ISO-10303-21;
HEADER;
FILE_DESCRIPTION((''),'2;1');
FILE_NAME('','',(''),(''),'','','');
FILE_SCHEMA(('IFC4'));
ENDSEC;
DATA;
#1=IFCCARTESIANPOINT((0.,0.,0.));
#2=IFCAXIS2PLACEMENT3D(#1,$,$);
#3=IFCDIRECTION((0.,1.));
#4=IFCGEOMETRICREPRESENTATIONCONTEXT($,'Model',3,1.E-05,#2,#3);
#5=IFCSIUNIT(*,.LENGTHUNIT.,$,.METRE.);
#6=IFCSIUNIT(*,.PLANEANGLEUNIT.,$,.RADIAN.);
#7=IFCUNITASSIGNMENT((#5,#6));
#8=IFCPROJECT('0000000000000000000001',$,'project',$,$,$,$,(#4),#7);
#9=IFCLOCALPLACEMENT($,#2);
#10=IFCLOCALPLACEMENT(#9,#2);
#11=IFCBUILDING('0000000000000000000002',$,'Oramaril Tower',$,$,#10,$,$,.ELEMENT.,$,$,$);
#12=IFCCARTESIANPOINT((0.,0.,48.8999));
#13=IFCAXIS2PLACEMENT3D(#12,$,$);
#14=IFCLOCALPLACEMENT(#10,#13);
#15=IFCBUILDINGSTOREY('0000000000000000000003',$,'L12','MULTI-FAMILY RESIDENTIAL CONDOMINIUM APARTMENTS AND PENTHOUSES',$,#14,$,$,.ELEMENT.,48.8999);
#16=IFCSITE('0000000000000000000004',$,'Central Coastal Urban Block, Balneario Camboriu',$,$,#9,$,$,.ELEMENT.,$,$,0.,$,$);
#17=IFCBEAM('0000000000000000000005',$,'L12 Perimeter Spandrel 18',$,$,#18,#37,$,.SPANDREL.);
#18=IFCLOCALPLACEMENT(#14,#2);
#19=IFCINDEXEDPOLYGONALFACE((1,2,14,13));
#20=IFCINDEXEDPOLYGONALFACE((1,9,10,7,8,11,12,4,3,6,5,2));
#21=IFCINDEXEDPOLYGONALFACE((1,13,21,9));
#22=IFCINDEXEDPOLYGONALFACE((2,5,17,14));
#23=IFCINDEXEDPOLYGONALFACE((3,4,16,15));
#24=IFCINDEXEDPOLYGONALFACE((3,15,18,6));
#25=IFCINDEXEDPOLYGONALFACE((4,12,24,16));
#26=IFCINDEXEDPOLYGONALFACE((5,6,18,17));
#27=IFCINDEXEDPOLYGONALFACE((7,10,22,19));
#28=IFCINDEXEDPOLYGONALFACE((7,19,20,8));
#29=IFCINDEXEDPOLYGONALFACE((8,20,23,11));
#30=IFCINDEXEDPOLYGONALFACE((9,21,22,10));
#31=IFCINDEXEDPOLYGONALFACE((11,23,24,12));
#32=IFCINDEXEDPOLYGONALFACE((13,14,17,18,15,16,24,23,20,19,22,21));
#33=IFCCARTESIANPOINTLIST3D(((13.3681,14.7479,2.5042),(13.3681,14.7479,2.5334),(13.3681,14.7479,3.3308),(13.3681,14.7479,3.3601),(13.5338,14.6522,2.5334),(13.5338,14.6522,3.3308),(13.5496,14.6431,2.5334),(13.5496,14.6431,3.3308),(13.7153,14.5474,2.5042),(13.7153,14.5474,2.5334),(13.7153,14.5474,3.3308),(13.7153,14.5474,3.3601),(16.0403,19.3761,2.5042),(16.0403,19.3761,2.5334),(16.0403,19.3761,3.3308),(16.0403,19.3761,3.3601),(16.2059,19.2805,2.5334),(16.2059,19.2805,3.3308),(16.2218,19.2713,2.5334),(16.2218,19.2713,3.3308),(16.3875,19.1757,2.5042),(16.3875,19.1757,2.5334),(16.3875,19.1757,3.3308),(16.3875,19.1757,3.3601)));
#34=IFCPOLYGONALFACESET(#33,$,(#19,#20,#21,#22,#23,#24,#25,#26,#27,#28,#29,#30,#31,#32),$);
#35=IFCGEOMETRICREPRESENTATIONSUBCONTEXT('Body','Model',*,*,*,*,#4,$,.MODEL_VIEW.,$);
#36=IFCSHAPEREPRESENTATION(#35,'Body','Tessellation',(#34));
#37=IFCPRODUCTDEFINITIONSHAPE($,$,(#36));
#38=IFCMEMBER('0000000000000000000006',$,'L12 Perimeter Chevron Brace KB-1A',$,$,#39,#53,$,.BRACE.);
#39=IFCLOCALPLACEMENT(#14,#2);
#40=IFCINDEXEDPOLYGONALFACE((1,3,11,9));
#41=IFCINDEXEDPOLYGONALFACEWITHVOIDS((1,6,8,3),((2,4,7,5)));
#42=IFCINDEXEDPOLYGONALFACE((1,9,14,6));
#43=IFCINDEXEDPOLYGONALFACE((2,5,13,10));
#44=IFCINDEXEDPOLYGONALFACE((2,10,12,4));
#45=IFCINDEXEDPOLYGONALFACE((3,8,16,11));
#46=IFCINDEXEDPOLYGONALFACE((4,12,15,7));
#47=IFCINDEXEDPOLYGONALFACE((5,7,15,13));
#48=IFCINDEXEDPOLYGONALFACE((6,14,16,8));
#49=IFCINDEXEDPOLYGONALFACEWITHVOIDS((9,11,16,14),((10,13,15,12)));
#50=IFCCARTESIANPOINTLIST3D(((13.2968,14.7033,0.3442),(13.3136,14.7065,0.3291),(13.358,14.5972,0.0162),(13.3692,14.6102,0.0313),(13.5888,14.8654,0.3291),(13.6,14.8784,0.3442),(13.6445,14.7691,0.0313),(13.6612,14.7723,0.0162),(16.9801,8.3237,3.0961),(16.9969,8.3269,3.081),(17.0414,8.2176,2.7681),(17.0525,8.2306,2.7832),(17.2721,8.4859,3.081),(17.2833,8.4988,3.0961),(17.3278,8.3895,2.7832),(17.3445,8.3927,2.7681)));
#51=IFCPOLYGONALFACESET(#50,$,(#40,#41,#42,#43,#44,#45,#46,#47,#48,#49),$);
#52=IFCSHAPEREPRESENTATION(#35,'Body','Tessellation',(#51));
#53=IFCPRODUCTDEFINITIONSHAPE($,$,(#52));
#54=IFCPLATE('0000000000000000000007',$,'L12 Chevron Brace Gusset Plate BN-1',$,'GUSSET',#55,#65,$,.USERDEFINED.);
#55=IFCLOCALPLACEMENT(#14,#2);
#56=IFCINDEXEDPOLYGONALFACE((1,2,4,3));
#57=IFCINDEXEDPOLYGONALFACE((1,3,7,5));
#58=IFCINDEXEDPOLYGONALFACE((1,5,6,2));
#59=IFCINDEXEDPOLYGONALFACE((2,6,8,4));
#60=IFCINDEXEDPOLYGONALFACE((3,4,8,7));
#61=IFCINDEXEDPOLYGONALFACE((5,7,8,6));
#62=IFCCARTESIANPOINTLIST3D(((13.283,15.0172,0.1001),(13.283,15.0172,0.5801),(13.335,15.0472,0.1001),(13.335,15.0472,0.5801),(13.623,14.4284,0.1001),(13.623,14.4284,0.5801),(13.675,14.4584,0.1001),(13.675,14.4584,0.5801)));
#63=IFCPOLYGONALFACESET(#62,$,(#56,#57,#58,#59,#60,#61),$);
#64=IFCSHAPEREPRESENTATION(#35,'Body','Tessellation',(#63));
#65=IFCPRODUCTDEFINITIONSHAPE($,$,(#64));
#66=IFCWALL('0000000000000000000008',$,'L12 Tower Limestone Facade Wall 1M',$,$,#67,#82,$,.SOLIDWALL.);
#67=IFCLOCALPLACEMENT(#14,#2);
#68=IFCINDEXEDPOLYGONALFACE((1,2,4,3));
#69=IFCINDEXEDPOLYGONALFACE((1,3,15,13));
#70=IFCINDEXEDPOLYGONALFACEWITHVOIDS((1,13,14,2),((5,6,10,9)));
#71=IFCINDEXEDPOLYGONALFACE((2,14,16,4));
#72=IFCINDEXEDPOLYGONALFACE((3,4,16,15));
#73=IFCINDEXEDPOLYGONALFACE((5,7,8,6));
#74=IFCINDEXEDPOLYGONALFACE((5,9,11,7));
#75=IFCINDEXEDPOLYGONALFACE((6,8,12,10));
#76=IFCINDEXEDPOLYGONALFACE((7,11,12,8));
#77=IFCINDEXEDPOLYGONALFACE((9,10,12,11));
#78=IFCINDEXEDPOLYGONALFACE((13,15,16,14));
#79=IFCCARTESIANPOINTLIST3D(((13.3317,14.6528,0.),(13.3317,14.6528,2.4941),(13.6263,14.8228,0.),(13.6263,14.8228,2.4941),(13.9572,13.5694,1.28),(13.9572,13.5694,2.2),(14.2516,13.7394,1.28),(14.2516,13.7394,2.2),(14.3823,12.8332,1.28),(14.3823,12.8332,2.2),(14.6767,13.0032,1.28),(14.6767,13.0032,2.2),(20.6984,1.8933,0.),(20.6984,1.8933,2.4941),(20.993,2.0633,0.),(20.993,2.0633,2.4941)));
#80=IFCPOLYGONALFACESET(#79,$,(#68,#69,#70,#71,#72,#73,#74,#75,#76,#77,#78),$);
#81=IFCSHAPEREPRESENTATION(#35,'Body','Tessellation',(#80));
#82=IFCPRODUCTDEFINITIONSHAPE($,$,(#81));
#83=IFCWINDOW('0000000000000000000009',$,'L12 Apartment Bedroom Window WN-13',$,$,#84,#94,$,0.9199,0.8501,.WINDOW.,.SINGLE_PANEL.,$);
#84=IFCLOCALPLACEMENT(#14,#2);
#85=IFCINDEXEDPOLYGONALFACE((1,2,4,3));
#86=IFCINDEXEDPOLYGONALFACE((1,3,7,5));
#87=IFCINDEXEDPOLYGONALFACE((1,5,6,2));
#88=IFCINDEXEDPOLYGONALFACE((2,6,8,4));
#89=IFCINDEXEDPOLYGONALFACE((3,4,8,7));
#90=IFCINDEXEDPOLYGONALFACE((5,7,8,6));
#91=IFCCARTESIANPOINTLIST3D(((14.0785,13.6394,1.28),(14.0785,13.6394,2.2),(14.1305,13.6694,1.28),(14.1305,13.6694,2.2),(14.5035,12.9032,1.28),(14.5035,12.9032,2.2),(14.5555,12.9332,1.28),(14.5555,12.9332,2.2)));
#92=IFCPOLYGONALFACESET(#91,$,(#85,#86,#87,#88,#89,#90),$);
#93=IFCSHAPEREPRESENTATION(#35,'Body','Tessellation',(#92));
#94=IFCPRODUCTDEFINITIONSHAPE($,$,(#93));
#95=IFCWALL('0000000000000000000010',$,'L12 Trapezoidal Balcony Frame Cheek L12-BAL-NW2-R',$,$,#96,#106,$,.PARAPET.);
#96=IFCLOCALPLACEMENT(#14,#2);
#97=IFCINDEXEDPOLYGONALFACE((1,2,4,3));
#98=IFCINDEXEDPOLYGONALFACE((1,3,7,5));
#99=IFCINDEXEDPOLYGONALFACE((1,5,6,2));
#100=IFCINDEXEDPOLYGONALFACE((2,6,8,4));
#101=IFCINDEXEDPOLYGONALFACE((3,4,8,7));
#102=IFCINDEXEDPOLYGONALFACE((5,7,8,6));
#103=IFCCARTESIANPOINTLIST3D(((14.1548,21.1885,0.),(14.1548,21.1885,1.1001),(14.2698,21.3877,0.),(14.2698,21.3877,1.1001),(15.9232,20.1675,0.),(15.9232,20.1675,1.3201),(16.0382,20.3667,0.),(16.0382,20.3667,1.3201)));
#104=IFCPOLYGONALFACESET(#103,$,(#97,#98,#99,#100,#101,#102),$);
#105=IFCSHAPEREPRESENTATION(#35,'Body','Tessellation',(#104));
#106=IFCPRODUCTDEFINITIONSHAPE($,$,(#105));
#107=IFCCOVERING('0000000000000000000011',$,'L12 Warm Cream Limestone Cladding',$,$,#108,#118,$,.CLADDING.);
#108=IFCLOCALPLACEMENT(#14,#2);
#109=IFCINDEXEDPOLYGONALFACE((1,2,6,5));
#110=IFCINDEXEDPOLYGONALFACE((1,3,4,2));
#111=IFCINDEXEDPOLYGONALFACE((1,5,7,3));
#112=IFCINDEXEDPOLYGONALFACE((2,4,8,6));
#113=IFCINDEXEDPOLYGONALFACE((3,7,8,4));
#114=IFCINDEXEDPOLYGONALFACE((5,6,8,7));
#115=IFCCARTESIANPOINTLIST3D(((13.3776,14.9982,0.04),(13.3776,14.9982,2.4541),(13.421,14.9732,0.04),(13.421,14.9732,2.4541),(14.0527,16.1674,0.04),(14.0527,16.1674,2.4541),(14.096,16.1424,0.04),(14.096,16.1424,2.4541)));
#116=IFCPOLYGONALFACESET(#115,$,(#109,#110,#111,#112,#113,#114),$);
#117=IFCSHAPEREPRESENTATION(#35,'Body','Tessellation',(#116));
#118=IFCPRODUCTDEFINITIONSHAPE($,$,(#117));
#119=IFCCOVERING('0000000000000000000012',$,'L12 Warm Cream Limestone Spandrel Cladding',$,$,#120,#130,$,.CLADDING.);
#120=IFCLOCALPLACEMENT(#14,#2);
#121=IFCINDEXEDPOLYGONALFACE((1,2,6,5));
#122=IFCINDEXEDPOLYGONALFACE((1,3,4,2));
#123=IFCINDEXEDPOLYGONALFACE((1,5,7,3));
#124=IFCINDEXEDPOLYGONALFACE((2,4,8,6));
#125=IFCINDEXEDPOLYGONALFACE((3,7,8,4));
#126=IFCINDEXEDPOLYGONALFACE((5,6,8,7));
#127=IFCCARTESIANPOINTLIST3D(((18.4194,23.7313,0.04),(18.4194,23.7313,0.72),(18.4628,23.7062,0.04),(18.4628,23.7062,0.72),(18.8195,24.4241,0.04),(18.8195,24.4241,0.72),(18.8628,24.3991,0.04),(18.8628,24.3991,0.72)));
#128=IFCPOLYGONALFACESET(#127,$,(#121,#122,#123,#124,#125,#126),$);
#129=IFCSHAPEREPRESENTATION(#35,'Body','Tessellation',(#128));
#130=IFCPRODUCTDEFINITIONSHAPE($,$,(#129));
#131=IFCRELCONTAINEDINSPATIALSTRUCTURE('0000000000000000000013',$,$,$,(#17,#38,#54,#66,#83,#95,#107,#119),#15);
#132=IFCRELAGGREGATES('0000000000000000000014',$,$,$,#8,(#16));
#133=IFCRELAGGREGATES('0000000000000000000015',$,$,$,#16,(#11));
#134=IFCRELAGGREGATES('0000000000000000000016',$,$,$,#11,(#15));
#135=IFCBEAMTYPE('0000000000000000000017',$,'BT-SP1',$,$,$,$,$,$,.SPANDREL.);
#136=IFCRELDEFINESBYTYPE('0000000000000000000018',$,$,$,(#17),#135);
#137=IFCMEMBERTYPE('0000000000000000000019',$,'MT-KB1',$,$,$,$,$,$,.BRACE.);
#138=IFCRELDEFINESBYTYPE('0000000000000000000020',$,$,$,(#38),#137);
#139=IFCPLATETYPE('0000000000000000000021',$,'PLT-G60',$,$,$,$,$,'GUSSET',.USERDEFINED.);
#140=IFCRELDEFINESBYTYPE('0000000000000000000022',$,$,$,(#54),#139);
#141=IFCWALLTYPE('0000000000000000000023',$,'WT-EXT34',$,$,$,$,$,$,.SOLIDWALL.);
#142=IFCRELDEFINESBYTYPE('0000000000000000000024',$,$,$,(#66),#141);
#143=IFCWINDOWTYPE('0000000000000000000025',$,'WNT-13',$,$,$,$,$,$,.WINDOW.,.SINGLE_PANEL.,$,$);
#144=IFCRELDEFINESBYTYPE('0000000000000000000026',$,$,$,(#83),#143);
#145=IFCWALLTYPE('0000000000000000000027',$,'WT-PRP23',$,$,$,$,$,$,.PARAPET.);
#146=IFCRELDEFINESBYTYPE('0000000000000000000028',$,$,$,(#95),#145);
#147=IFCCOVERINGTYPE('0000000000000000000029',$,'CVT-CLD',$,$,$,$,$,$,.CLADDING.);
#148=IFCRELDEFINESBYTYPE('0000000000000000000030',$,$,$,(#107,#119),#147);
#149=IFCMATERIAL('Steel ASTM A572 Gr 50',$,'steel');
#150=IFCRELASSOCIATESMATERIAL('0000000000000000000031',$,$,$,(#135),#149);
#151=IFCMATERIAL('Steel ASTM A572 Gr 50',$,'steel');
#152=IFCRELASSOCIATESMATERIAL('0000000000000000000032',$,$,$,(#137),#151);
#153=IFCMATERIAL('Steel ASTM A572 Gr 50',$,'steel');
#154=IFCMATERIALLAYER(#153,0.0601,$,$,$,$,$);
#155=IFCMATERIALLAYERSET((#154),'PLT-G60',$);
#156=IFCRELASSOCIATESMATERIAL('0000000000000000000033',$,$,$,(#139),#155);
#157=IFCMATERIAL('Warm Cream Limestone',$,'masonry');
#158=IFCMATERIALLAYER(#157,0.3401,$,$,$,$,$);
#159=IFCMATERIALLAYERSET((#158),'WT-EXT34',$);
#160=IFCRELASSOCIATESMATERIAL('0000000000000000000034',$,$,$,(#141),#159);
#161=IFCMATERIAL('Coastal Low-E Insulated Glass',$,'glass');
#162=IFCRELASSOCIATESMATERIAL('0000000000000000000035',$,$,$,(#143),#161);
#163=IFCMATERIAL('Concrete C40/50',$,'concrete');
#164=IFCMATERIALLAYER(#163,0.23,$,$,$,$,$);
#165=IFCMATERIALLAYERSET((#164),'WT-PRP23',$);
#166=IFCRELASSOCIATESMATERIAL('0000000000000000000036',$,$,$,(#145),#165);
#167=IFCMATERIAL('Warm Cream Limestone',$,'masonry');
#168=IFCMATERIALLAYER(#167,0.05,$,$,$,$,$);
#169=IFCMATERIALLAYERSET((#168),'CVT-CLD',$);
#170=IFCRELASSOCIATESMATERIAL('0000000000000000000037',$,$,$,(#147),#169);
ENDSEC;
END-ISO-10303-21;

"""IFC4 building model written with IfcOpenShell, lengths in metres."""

from ifc_helpers import new_model, si_unit, direction, frame, frame_2d, origin, origin_2d, place, context, subcontext, project, spatial, polyline, rectangle, hollow_rectangle, i_section, outline, extrude, material, layer, layer_set, material_profile, profile_set, type_object, element, fill, save


model = new_model("IFC4")

# Units and contexts
model_context = context("Model", 3, precision=1e-05, world=origin(), true_north=direction((0.0, 1.0)))
body_context = subcontext(model_context, "Body", "Model", "MODEL_VIEW")
ifc_project = project(units=[si_unit("LENGTHUNIT", "METRE"), si_unit("PLANEANGLEUNIT", "RADIAN")], contexts=[model_context])

# Site, building, storey
site_placement = place(None, origin())
site = spatial("IfcSite", under=ifc_project, at=site_placement, Name="Central Coastal Urban Block, Balneario Camboriu", CompositionType="ELEMENT", RefElevation=0.0)
building_placement = place(site_placement, origin())
building = spatial("IfcBuilding", under=site, at=building_placement, Name="Oramaril Tower", CompositionType="ELEMENT")
storey_placement = place(building_placement, frame((0.0, 0.0, 48.8999)))
storey = spatial("IfcBuildingStorey", under=building, at=storey_placement, Name="L12", Description="MULTI-FAMILY RESIDENTIAL CONDOMINIUM APARTMENTS AND PENTHOUSES", CompositionType="ELEMENT", Elevation=48.8999)

# Beam
ifc_material_1 = material(Name="Steel ASTM A572 Gr 50", Category="steel")
ifc_material_profile_1 = material_profile(ifc_material_1, i_section(OverallWidth=0.4009, OverallDepth=0.856, WebThickness=0.0183, FlangeThickness=0.0293, at=origin_2d()), Name="W33X201")
ifc_profile_set_1 = profile_set([ifc_material_profile_1], Name="Steel ASTM A572 Gr 50")
beam_type_1 = type_object("IfcBeamType", Name="BT-SP1", PredefinedType="SPANDREL", material=ifc_profile_set_1)
beam_1_placement = place(storey_placement, frame((16.2139, 19.2759, 2.9321), z_axis=(-0.500006, -0.866022, 0.0), x_axis=(0.866022, -0.500006, 0.0)))
element("IfcBeam", 1, at=beam_1_placement, inside=storey, type_object=beam_type_1, Name="L12 Perimeter Spandrel 18", PredefinedType="SPANDREL", context=body_context, shape_type="SweptSolid", body=[
    extrude(i_section(OverallWidth=0.4009, OverallDepth=0.856, WebThickness=0.0183, FlangeThickness=0.0293, at=origin_2d()), origin(), (0.0, 0.0, 1.0), 5.3442),
])

# Member
ifc_material_2 = material(Name="Steel ASTM A572 Gr 50", Category="steel")
ifc_material_profile_2 = material_profile(ifc_material_2, hollow_rectangle(XDim=0.3501, YDim=0.3501, WallThickness=0.0161, at=origin_2d()), Name="HSS350X350X16")
ifc_profile_set_2 = profile_set([ifc_material_profile_2], Name="Steel ASTM A572 Gr 50")
member_type = type_object("IfcMemberType", Name="MT-KB1", PredefinedType="BRACE", material=ifc_profile_set_2)
member_placement = place(storey_placement, frame((13.479, 14.7378, 0.1802), z_axis=(0.46839, -0.811262, 0.34995), x_axis=(0.866022, 0.500006, 0.0)))
element("IfcMember", 2, at=member_placement, inside=storey, type_object=member_type, Name="L12 Perimeter Chevron Brace KB-1A", PredefinedType="BRACE", context=body_context, shape_type="SweptSolid", body=[
    extrude(hollow_rectangle(XDim=0.3501, YDim=0.3501, WallThickness=0.0161, at=origin_2d()), origin(), (0.0, 0.0, 1.0), 7.8638),
])

# Plate
ifc_material_3 = material(Name="Steel ASTM A572 Gr 50", Category="steel")
ifc_layer_1 = layer(ifc_material_3, 0.0601)
ifc_layer_set_1 = layer_set([ifc_layer_1], Name="PLT-G60")
plate_type = type_object("IfcPlateType", Name="PLT-G60", ElementType="GUSSET", PredefinedType="USERDEFINED", material=ifc_layer_set_1)
plate_placement = place(storey_placement, frame((13.479, 14.7378, 0.1001), z_axis=(0.0, 0.0, 1.0), x_axis=(0.5, -0.866025, 0.0)))
element("IfcPlate", 3, at=plate_placement, inside=storey, type_object=plate_type, Name="L12 Chevron Brace Gusset Plate BN-1", ObjectType="GUSSET", PredefinedType="USERDEFINED", context=body_context, shape_type="SweptSolid", body=[
    extrude(rectangle(XDim=0.6799, YDim=0.0601, at=origin_2d()), origin(), (0.0, 0.0, 1.0), 0.48),
])

# Wall, opening, window
ifc_material_4 = material(Name="Warm Cream Limestone", Category="masonry")
ifc_layer_2 = layer(ifc_material_4, 0.3401)
ifc_layer_set_2 = layer_set([ifc_layer_2], Name="WT-EXT34")
wall_type_1 = type_object("IfcWallType", Name="WT-EXT34", PredefinedType="SOLIDWALL", material=ifc_layer_set_2)
wall_1_placement = place(storey_placement, frame((13.479, 14.7378, 0.0), z_axis=(0.0, 0.0, 1.0), x_axis=(0.499999, -0.866026, 0.0)))
wall_1 = element("IfcWall", 4, at=wall_1_placement, inside=storey, type_object=wall_type_1, Name="L12 Tower Limestone Facade Wall 1M", PredefinedType="SOLIDWALL", context=body_context, shape_type="SweptSolid", body=[
    extrude(rectangle(XDim=14.7334, YDim=0.3401, at=frame_2d((7.3667, 0.0))), origin(), (0.0, 0.0, 1.0), 2.4941),
])
opening_1_placement = place(wall_1_placement, frame((1.251, 0.0, 1.28)))
opening_1 = element("IfcOpeningElement", 5, at=opening_1_placement, cuts=wall_1, PredefinedType="OPENING", context=body_context, shape_type="SweptSolid", body=[
    extrude(rectangle(XDim=0.8501, YDim=0.9199, at=frame_2d((0.425, 0.46))), frame((0.0, 0.1699, 0.0), z_axis=(0.0, -1.0, 0.0), x_axis=(1.0, 0.0, 0.0)), (0.0, 0.0, 1.0), 0.3401),
])
ifc_material_5 = material(Name="Coastal Low-E Insulated Glass", Category="glass")
window_type = type_object("IfcWindowType", Name="WNT-13", PartitioningType="SINGLE_PANEL", PredefinedType="WINDOW", material=ifc_material_5)
window_placement = place(opening_1_placement, origin())
window = element("IfcWindow", 6, at=window_placement, inside=storey, type_object=window_type, Name="L12 Apartment Bedroom Window WN-13", OverallHeight=0.9199, OverallWidth=0.8501, PartitioningType="SINGLE_PANEL", PredefinedType="WINDOW", context=body_context, shape_type="SweptSolid", body=[
    extrude(rectangle(XDim=0.8501, YDim=0.9199, at=frame_2d((0.425, 0.46))), frame((0.0, 0.03, 0.0), z_axis=(0.0, -1.0, 0.0), x_axis=(1.0, 0.0, 0.0)), (0.0, 0.0, 1.0), 0.0601),
])
fill(opening_1, window)

# Wall
ifc_material_6 = material(Name="Concrete C40/50", Category="concrete")
ifc_layer_3 = layer(ifc_material_6, 0.23)
ifc_layer_set_3 = layer_set([ifc_layer_3], Name="WT-PRP23")
wall_type_2 = type_object("IfcWallType", Name="WT-PRP23", PredefinedType="PARAPET", material=ifc_layer_set_3)
wall_2_placement = place(storey_placement, frame((15.9807, 20.2671, 0.0), z_axis=(0.0, 0.0, 1.0), x_axis=(-0.866012, 0.500023, 0.0)))
element("IfcWall", 7, at=wall_2_placement, inside=storey, type_object=wall_type_2, Name="L12 Trapezoidal Balcony Frame Cheek L12-BAL-NW2-R", PredefinedType="PARAPET", context=body_context, shape_type="SweptSolid", body=[
    extrude(outline(polyline([(0.0, 0.0), (2.042, 0.0), (2.042, 1.1001), (0.0, 1.3201), (0.0, 0.0)])), frame((0.0, 0.115, 0.0), z_axis=(0.0, -1.0, 0.0), x_axis=(1.0, 0.0, 0.0)), (0.0, 0.0, 1.0), 0.23),
])

# Coverings
ifc_material_7 = material(Name="Warm Cream Limestone", Category="masonry")
ifc_layer_4 = layer(ifc_material_7, 0.05)
ifc_layer_set_4 = layer_set([ifc_layer_4], Name="CVT-CLD")
covering_type = type_object("IfcCoveringType", Name="CVT-CLD", PredefinedType="CLADDING", material=ifc_layer_set_4)
covering_1_placement = place(storey_placement, frame((13.7368, 15.5703, 0.04), z_axis=(0.0, 0.0, 1.0), x_axis=(-0.5, -0.866025, 0.0)))
element("IfcCovering", 8, at=covering_1_placement, inside=storey, type_object=covering_type, Name="L12 Warm Cream Limestone Cladding", PredefinedType="CLADDING", context=body_context, shape_type="SweptSolid", body=[
    extrude(rectangle(XDim=1.3501, YDim=0.05, at=origin_2d()), origin(), (0.0, 0.0, 1.0), 2.4141),
])
covering_2_placement = place(storey_placement, frame((18.6411, 24.0652, 0.04), z_axis=(0.0, 0.0, 1.0), x_axis=(-0.5, -0.866025, 0.0)))
element("IfcCovering", 9, at=covering_2_placement, inside=storey, type_object=covering_type, Name="L12 Warm Cream Limestone Spandrel Cladding", PredefinedType="CLADDING", context=body_context, shape_type="SweptSolid", body=[
    extrude(rectangle(XDim=0.8, YDim=0.05, at=origin_2d()), origin(), (0.0, 0.0, 1.0), 0.6799),
])

save(model, "model.ifc")
